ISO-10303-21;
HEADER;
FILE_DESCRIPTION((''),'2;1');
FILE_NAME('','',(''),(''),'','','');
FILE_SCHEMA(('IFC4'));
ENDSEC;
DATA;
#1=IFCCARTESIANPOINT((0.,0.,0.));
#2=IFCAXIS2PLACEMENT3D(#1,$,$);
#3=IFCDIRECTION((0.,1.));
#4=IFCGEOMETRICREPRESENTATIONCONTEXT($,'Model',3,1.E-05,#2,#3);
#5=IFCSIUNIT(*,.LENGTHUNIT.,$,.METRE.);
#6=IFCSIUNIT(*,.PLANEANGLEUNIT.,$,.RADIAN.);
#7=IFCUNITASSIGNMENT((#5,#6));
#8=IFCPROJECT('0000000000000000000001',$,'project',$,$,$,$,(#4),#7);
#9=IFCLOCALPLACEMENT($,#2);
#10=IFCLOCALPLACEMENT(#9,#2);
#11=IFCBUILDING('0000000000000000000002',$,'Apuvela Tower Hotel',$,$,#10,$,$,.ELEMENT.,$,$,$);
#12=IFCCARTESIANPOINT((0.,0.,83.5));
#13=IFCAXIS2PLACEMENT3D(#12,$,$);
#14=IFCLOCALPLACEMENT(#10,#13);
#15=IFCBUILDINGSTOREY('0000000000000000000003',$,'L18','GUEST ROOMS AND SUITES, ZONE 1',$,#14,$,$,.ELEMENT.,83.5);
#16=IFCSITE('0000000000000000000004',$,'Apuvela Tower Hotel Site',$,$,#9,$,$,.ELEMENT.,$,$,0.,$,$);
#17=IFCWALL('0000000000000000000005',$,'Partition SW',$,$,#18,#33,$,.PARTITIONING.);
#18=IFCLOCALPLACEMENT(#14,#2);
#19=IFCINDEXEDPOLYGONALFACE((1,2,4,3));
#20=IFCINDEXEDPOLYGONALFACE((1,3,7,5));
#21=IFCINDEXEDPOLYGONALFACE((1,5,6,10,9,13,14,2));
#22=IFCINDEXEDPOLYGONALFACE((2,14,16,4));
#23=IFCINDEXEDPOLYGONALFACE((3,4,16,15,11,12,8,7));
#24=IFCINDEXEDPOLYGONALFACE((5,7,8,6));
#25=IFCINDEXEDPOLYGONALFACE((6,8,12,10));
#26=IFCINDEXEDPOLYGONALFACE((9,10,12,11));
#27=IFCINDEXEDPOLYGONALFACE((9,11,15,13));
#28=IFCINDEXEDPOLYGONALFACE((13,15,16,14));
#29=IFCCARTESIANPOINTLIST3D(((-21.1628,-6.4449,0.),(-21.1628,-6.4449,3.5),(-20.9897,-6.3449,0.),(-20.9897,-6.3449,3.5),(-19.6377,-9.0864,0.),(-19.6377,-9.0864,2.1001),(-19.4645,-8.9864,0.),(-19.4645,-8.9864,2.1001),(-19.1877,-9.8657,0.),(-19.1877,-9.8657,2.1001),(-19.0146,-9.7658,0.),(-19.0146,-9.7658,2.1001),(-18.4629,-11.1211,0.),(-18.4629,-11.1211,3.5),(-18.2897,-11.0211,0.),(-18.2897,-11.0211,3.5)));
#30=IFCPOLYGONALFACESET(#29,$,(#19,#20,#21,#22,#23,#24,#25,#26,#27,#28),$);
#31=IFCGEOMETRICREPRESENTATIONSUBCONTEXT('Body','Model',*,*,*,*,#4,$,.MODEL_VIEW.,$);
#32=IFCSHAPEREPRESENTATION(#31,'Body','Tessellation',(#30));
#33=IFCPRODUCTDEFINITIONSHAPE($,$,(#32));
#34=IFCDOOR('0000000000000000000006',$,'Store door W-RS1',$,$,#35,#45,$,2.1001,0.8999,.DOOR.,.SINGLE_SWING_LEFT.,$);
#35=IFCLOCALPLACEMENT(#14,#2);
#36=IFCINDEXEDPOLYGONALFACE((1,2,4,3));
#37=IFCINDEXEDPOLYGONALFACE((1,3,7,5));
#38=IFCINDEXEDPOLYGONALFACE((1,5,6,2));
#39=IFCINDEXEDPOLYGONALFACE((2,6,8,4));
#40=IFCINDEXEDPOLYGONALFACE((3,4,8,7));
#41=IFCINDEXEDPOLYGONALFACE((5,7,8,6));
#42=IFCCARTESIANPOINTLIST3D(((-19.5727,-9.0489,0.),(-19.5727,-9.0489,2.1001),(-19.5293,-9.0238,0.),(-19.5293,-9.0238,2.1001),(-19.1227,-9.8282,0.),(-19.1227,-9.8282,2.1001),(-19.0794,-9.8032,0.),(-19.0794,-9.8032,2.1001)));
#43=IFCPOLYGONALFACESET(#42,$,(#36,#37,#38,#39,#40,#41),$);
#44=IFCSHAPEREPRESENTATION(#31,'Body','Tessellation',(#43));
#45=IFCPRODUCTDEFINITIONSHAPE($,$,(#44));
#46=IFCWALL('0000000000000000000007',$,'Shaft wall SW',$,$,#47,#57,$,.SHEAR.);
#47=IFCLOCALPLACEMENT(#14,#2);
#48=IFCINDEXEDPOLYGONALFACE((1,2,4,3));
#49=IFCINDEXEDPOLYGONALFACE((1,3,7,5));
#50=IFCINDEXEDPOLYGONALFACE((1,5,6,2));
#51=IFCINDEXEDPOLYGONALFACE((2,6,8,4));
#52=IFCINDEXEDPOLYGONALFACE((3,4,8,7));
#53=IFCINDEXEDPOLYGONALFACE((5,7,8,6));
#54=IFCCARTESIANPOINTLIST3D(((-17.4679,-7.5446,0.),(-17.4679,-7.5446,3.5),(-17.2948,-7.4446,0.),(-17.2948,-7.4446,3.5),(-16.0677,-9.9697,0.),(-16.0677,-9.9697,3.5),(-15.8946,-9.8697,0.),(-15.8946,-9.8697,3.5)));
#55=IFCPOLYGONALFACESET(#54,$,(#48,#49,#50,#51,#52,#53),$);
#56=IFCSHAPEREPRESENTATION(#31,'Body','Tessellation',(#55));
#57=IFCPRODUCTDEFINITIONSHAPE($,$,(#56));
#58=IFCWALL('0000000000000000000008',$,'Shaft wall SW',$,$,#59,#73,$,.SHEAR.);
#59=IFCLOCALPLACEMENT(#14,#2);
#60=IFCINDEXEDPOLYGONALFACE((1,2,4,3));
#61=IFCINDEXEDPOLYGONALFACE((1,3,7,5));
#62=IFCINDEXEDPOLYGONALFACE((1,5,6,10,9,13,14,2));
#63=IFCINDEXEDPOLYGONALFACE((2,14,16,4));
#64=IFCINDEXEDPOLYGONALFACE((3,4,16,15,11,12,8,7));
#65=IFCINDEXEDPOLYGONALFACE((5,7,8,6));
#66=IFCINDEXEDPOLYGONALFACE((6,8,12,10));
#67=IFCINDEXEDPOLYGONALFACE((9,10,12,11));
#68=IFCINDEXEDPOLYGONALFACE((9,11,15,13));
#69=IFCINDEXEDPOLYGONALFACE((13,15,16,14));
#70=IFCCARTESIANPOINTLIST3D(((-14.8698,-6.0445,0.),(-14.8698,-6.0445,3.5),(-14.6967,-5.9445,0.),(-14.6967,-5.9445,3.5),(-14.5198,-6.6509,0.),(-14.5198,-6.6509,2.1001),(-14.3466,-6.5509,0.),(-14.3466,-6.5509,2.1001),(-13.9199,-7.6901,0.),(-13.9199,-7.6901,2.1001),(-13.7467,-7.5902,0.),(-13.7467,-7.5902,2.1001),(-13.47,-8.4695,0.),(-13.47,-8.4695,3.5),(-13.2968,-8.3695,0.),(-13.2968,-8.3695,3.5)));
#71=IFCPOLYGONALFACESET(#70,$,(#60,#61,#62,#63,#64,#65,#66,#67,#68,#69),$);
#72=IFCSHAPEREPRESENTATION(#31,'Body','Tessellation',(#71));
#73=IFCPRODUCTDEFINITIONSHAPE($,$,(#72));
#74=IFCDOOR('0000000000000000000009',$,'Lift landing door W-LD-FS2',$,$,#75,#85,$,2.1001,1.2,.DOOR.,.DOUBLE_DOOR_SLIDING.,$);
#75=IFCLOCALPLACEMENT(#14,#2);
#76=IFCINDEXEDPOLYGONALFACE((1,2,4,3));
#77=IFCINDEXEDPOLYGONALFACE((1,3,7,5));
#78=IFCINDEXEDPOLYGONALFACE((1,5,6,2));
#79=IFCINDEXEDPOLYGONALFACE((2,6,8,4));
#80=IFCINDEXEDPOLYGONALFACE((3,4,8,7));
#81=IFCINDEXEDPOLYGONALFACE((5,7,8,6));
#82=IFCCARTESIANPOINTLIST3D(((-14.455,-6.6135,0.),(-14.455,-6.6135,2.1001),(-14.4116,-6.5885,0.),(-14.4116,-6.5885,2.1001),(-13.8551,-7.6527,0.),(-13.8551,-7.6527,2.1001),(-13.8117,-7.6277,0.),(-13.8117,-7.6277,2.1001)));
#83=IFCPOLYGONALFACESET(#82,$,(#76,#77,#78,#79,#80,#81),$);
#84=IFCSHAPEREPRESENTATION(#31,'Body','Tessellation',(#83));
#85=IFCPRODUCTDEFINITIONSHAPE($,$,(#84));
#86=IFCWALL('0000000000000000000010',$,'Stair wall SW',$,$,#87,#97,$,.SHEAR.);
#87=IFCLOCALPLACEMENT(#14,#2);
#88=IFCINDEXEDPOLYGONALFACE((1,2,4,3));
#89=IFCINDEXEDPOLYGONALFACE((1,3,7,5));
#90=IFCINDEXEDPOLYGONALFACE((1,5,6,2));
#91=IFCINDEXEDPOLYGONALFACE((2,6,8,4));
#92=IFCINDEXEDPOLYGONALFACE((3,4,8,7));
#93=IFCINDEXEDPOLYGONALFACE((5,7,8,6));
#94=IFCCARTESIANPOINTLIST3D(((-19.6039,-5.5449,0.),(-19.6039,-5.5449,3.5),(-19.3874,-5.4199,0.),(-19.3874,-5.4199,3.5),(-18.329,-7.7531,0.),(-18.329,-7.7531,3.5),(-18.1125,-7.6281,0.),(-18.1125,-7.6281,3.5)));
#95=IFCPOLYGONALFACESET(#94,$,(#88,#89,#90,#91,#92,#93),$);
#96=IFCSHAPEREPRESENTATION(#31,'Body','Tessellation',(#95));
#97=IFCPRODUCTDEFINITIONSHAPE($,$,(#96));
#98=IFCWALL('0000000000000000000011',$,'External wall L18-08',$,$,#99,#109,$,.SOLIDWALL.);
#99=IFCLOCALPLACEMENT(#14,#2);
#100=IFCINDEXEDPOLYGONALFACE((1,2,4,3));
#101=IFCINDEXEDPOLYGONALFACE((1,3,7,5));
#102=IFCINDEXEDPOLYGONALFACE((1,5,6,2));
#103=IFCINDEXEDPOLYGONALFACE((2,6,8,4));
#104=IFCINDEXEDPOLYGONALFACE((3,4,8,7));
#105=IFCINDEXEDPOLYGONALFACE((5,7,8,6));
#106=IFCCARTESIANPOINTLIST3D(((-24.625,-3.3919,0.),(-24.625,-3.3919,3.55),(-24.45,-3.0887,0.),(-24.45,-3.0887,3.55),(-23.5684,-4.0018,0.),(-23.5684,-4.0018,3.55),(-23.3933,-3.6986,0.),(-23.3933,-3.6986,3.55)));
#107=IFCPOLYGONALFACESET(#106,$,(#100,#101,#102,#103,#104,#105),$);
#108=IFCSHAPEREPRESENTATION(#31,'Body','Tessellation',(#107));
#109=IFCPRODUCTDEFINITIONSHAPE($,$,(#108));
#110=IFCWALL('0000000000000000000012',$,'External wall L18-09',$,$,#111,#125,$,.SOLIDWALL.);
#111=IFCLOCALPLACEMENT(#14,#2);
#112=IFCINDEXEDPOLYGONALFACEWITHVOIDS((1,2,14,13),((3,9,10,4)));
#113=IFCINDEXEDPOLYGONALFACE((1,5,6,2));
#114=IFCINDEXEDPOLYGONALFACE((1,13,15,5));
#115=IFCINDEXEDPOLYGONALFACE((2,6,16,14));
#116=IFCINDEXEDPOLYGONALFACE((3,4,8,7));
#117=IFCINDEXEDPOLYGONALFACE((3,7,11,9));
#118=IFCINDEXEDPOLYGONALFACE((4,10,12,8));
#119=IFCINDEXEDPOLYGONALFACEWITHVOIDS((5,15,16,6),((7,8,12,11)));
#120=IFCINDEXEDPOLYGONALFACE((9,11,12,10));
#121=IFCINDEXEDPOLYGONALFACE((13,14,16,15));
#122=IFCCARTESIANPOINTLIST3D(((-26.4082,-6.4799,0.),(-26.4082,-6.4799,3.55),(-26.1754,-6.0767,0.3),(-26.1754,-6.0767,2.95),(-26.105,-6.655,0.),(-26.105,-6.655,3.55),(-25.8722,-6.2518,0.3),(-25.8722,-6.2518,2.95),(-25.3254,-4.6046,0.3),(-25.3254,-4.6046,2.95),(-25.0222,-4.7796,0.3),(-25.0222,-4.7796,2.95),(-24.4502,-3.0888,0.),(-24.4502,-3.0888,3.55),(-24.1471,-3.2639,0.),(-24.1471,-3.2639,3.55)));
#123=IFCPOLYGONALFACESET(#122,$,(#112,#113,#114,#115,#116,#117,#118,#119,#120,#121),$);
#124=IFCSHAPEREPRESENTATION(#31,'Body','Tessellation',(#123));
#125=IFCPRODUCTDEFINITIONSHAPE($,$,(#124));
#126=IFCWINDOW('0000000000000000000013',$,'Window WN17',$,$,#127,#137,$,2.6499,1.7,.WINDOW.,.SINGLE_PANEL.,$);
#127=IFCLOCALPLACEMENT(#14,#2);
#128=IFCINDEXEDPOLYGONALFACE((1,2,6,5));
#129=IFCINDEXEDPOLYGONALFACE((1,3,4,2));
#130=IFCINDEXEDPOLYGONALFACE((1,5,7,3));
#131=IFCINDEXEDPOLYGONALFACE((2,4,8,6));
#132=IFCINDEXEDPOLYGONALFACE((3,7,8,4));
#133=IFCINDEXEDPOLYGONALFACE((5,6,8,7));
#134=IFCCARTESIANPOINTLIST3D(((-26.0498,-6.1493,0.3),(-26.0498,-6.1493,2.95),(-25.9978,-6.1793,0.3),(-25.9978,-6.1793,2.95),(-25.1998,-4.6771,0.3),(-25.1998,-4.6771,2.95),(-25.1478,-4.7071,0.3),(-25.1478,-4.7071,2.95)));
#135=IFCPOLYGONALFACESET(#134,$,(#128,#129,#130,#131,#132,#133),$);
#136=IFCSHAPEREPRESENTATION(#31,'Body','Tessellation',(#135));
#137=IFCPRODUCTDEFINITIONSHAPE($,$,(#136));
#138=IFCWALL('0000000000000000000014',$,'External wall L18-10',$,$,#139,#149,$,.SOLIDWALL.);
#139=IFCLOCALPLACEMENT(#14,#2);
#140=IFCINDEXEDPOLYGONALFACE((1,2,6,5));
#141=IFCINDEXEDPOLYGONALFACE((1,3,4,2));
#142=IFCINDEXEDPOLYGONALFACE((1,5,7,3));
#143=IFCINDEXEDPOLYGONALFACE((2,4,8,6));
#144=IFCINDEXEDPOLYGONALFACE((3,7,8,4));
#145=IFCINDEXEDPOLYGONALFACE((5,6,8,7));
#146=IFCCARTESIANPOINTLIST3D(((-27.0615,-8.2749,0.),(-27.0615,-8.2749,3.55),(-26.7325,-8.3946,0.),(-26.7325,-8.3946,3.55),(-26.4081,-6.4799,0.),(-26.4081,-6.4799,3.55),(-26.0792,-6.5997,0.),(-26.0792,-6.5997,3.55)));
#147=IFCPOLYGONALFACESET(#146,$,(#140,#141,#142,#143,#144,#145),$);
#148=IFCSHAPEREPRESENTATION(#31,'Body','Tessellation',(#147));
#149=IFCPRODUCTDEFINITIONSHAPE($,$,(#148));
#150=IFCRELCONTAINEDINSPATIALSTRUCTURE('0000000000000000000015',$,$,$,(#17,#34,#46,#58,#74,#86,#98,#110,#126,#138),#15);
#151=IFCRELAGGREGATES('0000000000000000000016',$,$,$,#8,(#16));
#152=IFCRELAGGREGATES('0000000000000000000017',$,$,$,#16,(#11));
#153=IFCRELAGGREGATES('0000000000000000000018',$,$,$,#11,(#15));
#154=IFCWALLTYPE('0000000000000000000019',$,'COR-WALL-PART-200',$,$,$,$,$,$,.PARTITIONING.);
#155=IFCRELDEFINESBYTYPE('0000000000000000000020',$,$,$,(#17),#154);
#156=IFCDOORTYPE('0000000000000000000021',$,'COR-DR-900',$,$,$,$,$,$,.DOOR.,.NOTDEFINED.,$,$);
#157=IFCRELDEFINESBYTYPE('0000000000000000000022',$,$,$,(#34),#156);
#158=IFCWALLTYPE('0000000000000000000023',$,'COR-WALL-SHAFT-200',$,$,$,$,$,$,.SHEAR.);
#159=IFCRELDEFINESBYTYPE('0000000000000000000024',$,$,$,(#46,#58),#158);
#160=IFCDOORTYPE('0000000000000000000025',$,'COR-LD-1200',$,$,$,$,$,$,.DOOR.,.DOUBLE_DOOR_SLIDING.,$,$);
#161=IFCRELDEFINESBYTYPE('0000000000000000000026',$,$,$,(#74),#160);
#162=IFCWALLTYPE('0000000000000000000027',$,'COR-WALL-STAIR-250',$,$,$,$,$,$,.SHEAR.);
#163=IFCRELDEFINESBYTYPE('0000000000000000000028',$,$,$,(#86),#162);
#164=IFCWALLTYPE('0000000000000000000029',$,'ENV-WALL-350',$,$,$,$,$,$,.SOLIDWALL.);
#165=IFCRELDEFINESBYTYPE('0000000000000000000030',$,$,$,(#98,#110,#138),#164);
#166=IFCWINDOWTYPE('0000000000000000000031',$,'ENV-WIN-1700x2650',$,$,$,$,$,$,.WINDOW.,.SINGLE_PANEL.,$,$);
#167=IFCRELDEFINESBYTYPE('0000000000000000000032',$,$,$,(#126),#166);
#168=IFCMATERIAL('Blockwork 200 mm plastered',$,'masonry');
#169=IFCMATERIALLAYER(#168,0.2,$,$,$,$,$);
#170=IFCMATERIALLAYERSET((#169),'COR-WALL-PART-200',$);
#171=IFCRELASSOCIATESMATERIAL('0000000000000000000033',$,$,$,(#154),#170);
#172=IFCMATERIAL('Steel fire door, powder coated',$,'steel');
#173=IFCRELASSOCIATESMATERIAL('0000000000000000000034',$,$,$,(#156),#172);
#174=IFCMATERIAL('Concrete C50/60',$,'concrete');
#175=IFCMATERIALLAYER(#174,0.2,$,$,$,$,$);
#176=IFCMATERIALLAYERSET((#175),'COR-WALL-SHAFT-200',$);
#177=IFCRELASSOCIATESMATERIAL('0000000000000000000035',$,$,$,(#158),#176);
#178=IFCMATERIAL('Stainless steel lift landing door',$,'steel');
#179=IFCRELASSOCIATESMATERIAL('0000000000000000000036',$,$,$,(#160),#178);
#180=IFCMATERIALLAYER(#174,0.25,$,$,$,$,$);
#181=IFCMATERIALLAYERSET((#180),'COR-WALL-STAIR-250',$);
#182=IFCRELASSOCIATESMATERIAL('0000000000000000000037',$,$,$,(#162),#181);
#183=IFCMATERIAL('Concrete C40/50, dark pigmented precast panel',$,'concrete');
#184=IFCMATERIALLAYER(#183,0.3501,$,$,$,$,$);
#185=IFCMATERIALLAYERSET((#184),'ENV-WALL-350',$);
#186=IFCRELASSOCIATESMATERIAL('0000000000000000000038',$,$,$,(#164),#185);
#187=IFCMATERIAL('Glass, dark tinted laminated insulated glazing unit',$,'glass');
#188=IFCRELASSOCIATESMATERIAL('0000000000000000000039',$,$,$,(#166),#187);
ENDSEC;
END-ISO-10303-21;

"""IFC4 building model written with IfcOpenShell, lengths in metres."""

from ifc_helpers import new_model, si_unit, direction, frame, frame_2d, origin, place, context, subcontext, project, spatial, rectangle, extrude, material, layer, layer_set, type_object, element, fill, save


model = new_model("IFC4")

# Units and contexts
model_context = context("Model", 3, precision=1e-05, world=origin(), true_north=direction((0.0, 1.0)))
body_context = subcontext(model_context, "Body", "Model", "MODEL_VIEW")
ifc_project = project(units=[si_unit("LENGTHUNIT", "METRE"), si_unit("PLANEANGLEUNIT", "RADIAN")], contexts=[model_context])

# Site, building, storey
site_placement = place(None, origin())
site = spatial("IfcSite", under=ifc_project, at=site_placement, Name="Apuvela Tower Hotel Site", CompositionType="ELEMENT", RefElevation=0.0)
building_placement = place(site_placement, origin())
building = spatial("IfcBuilding", under=site, at=building_placement, Name="Apuvela Tower Hotel", CompositionType="ELEMENT")
storey_placement = place(building_placement, frame((0.0, 0.0, 83.5)))
storey = spatial("IfcBuildingStorey", under=building, at=storey_placement, Name="L18", Description="GUEST ROOMS AND SUITES, ZONE 1", CompositionType="ELEMENT", Elevation=83.5)

# Wall, opening, door
ifc_material_1 = material(Name="Blockwork 200 mm plastered", Category="masonry")
ifc_layer_1 = layer(ifc_material_1, 0.2)
ifc_layer_set_1 = layer_set([ifc_layer_1], Name="COR-WALL-PART-200")
wall_type_1 = type_object("IfcWallType", Name="COR-WALL-PART-200", PredefinedType="PARTITIONING", material=ifc_layer_set_1)
wall_1_placement = place(storey_placement, frame((-21.0762, -6.395, 0.0), z_axis=(0.0, 0.0, 1.0), x_axis=(0.500015, -0.866017, 0.0)))
wall_1 = element("IfcWall", 1, at=wall_1_placement, inside=storey, type_object=wall_type_1, Name="Partition SW", PredefinedType="PARTITIONING", context=body_context, shape_type="SweptSolid", body=[
    extrude(rectangle(XDim=5.3997, YDim=0.2, at=frame_2d((2.6997, 0.0))), origin(), (0.0, 0.0, 1.0), 3.5),
])
opening_1_placement = place(wall_1_placement, frame((3.05, 0.0, 0.0)))
opening_1 = element("IfcOpeningElement", 2, at=opening_1_placement, cuts=wall_1, PredefinedType="OPENING", context=body_context, shape_type="SweptSolid", body=[
    extrude(rectangle(XDim=0.8999, YDim=2.1001, at=frame_2d((0.45, 1.05))), frame((0.0, 0.1099, 0.0), z_axis=(0.0, -1.0, 0.0), x_axis=(1.0, 0.0, 0.0)), (0.0, 0.0, 1.0), 0.22),
])
ifc_material_2 = material(Name="Steel fire door, powder coated", Category="steel")
door_type_1 = type_object("IfcDoorType", Name="COR-DR-900", OperationType="NOTDEFINED", PredefinedType="DOOR", material=ifc_material_2)
door_1_placement = place(opening_1_placement, frame((0.8999, 0.0, 0.0), z_axis=(0.0, 0.0, 1.0), x_axis=(-1.0, 0.0, 0.0)))
door_1 = element("IfcDoor", 3, at=door_1_placement, inside=storey, type_object=door_type_1, Name="Store door W-RS1", OperationType="SINGLE_SWING_LEFT", OverallHeight=2.1001, OverallWidth=0.8999, PredefinedType="DOOR", context=body_context, shape_type="SweptSolid", body=[
    extrude(rectangle(XDim=0.8999, YDim=2.1001, at=frame_2d((0.45, 1.05))), frame((0.0, 0.0249, 0.0), z_axis=(0.0, -1.0, 0.0), x_axis=(1.0, 0.0, 0.0)), (0.0, 0.0, 1.0), 0.05),
])
fill(opening_1, door_1)

# Wall
ifc_material_3 = material(Name="Concrete C50/60", Category="concrete")
ifc_layer_2 = layer(ifc_material_3, 0.2)
ifc_layer_set_2 = layer_set([ifc_layer_2], Name="COR-WALL-SHAFT-200")
wall_type_2 = type_object("IfcWallType", Name="COR-WALL-SHAFT-200", PredefinedType="SHEAR", material=ifc_layer_set_2)
wall_2_placement = place(storey_placement, frame((-17.3813, -7.4946, 0.0), z_axis=(0.0, 0.0, 1.0), x_axis=(0.500012, -0.866019, 0.0)))
element("IfcWall", 4, at=wall_2_placement, inside=storey, type_object=wall_type_2, Name="Shaft wall SW", PredefinedType="SHEAR", context=body_context, shape_type="SweptSolid", body=[
    extrude(rectangle(XDim=2.8003, YDim=0.2, at=frame_2d((1.4001, 0.0))), origin(), (0.0, 0.0, 1.0), 3.5),
])

# Wall, opening, door
wall_3_placement = place(storey_placement, frame((-14.7832, -5.9946, 0.0), z_axis=(0.0, 0.0, 1.0), x_axis=(0.499946, -0.866056, 0.0)))
wall_3 = element("IfcWall", 5, at=wall_3_placement, inside=storey, type_object=wall_type_2, Name="Shaft wall SW", PredefinedType="SHEAR", context=body_context, shape_type="SweptSolid", body=[
    extrude(rectangle(XDim=2.8, YDim=0.2, at=frame_2d((1.3999, 0.0))), origin(), (0.0, 0.0, 1.0), 3.5),
])
opening_2_placement = place(wall_3_placement, frame((0.7, 0.0, 0.0)))
opening_2 = element("IfcOpeningElement", 6, at=opening_2_placement, cuts=wall_3, PredefinedType="OPENING", context=body_context, shape_type="SweptSolid", body=[
    extrude(rectangle(XDim=1.2, YDim=2.1001, at=frame_2d((0.6001, 1.05))), frame((0.0, 0.1099, 0.0), z_axis=(0.0, -1.0, 0.0), x_axis=(1.0, 0.0, 0.0)), (0.0, 0.0, 1.0), 0.22),
])
ifc_material_4 = material(Name="Stainless steel lift landing door", Category="steel")
door_type_2 = type_object("IfcDoorType", Name="COR-LD-1200", OperationType="DOUBLE_DOOR_SLIDING", PredefinedType="DOOR", material=ifc_material_4)
door_2_placement = place(opening_2_placement, origin())
door_2 = element("IfcDoor", 7, at=door_2_placement, inside=storey, type_object=door_type_2, Name="Lift landing door W-LD-FS2", OperationType="DOUBLE_DOOR_SLIDING", OverallHeight=2.1001, OverallWidth=1.2, PredefinedType="DOOR", context=body_context, shape_type="SweptSolid", body=[
    extrude(rectangle(XDim=1.2, YDim=2.1001, at=frame_2d((0.6001, 1.05))), frame((0.0, 0.0249, 0.0), z_axis=(0.0, -1.0, 0.0), x_axis=(1.0, 0.0, 0.0)), (0.0, 0.0, 1.0), 0.05),
])
fill(opening_2, door_2)

# Walls
ifc_layer_3 = layer(ifc_material_3, 0.25)
ifc_layer_set_3 = layer_set([ifc_layer_3], Name="COR-WALL-STAIR-250")
wall_type_3 = type_object("IfcWallType", Name="COR-WALL-STAIR-250", PredefinedType="SHEAR", material=ifc_layer_set_3)
wall_4_placement = place(storey_placement, frame((-19.4956, -5.4824, 0.0), z_axis=(0.0, 0.0, 1.0), x_axis=(0.49999, -0.866031, 0.0)))
element("IfcWall", 8, at=wall_4_placement, inside=storey, type_object=wall_type_3, Name="Stair wall SW", PredefinedType="SHEAR", context=body_context, shape_type="SweptSolid", body=[
    extrude(rectangle(XDim=2.5498, YDim=0.25, at=frame_2d((1.2749, 0.0))), origin(), (0.0, 0.0, 1.0), 3.5),
])
ifc_material_5 = material(Name="Concrete C40/50, dark pigmented precast panel", Category="concrete")
ifc_layer_4 = layer(ifc_material_5, 0.3501)
ifc_layer_set_4 = layer_set([ifc_layer_4], Name="ENV-WALL-350")
wall_type_4 = type_object("IfcWallType", Name="ENV-WALL-350", PredefinedType="SOLIDWALL", material=ifc_layer_set_4)
wall_5_placement = place(storey_placement, frame((-23.481, -3.8501, 0.0), z_axis=(0.0, 0.0, 1.0), x_axis=(-0.866092, 0.499884, 0.0)))
element("IfcWall", 9, at=wall_5_placement, inside=storey, type_object=wall_type_4, Name="External wall L18-08", PredefinedType="SOLIDWALL", context=body_context, shape_type="SweptSolid", body=[
    extrude(rectangle(XDim=1.22, YDim=0.3501, at=frame_2d((0.6099, 0.0))), origin(), (0.0, 0.0, 1.0), 3.55),
])

# Wall, opening, window
wall_6_placement = place(storey_placement, frame((-24.2986, -3.1763, 0.0), z_axis=(0.0, 0.0, 1.0), x_axis=(-0.500028, -0.866009, 0.0)))
wall_6 = element("IfcWall", 10, at=wall_6_placement, inside=storey, type_object=wall_type_4, Name="External wall L18-09", PredefinedType="SOLIDWALL", context=body_context, shape_type="SweptSolid", body=[
    extrude(rectangle(XDim=3.9158, YDim=0.3501, at=frame_2d((1.958, 0.0))), origin(), (0.0, 0.0, 1.0), 3.55),
])
opening_3_placement = place(wall_6_placement, frame((1.7502, 0.0, 0.3)))
opening_3 = element("IfcOpeningElement", 11, at=opening_3_placement, cuts=wall_6, PredefinedType="OPENING", context=body_context, shape_type="SweptSolid", body=[
    extrude(rectangle(XDim=1.7, YDim=2.6499, at=frame_2d((0.8501, 1.325))), frame((0.0, 0.1851, 0.0), z_axis=(0.0, -1.0, 0.0), x_axis=(1.0, 0.0, 0.0)), (0.0, 0.0, 1.0), 0.3701),
])
ifc_material_6 = material(Name="Glass, dark tinted laminated insulated glazing unit", Category="glass")
window_type = type_object("IfcWindowType", Name="ENV-WIN-1700x2650", PartitioningType="SINGLE_PANEL", PredefinedType="WINDOW", material=ifc_material_6)
window_placement = place(opening_3_placement, origin())
window = element("IfcWindow", 12, at=window_placement, inside=storey, type_object=window_type, Name="Window WN17", OverallHeight=2.6499, OverallWidth=1.7, PartitioningType="SINGLE_PANEL", PredefinedType="WINDOW", context=body_context, shape_type="SweptSolid", body=[
    extrude(rectangle(XDim=1.7, YDim=2.6499, at=frame_2d((0.8501, 1.325))), frame((0.0, 0.03, 0.0), z_axis=(0.0, -1.0, 0.0), x_axis=(1.0, 0.0, 0.0)), (0.0, 0.0, 1.0), 0.0601),
])
fill(opening_3, window)

# Wall
wall_7_placement = place(storey_placement, frame((-26.2437, -6.5398, 0.0), z_axis=(0.0, 0.0, 1.0), x_axis=(-0.34203, -0.939689, 0.0)))
element("IfcWall", 13, at=wall_7_placement, inside=storey, type_object=wall_type_4, Name="External wall L18-10", PredefinedType="SOLIDWALL", context=body_context, shape_type="SweptSolid", body=[
    extrude(rectangle(XDim=1.9102, YDim=0.3501, at=frame_2d((0.9551, 0.0))), origin(), (0.0, 0.0, 1.0), 3.55),
])

save(model, "model.ifc")
